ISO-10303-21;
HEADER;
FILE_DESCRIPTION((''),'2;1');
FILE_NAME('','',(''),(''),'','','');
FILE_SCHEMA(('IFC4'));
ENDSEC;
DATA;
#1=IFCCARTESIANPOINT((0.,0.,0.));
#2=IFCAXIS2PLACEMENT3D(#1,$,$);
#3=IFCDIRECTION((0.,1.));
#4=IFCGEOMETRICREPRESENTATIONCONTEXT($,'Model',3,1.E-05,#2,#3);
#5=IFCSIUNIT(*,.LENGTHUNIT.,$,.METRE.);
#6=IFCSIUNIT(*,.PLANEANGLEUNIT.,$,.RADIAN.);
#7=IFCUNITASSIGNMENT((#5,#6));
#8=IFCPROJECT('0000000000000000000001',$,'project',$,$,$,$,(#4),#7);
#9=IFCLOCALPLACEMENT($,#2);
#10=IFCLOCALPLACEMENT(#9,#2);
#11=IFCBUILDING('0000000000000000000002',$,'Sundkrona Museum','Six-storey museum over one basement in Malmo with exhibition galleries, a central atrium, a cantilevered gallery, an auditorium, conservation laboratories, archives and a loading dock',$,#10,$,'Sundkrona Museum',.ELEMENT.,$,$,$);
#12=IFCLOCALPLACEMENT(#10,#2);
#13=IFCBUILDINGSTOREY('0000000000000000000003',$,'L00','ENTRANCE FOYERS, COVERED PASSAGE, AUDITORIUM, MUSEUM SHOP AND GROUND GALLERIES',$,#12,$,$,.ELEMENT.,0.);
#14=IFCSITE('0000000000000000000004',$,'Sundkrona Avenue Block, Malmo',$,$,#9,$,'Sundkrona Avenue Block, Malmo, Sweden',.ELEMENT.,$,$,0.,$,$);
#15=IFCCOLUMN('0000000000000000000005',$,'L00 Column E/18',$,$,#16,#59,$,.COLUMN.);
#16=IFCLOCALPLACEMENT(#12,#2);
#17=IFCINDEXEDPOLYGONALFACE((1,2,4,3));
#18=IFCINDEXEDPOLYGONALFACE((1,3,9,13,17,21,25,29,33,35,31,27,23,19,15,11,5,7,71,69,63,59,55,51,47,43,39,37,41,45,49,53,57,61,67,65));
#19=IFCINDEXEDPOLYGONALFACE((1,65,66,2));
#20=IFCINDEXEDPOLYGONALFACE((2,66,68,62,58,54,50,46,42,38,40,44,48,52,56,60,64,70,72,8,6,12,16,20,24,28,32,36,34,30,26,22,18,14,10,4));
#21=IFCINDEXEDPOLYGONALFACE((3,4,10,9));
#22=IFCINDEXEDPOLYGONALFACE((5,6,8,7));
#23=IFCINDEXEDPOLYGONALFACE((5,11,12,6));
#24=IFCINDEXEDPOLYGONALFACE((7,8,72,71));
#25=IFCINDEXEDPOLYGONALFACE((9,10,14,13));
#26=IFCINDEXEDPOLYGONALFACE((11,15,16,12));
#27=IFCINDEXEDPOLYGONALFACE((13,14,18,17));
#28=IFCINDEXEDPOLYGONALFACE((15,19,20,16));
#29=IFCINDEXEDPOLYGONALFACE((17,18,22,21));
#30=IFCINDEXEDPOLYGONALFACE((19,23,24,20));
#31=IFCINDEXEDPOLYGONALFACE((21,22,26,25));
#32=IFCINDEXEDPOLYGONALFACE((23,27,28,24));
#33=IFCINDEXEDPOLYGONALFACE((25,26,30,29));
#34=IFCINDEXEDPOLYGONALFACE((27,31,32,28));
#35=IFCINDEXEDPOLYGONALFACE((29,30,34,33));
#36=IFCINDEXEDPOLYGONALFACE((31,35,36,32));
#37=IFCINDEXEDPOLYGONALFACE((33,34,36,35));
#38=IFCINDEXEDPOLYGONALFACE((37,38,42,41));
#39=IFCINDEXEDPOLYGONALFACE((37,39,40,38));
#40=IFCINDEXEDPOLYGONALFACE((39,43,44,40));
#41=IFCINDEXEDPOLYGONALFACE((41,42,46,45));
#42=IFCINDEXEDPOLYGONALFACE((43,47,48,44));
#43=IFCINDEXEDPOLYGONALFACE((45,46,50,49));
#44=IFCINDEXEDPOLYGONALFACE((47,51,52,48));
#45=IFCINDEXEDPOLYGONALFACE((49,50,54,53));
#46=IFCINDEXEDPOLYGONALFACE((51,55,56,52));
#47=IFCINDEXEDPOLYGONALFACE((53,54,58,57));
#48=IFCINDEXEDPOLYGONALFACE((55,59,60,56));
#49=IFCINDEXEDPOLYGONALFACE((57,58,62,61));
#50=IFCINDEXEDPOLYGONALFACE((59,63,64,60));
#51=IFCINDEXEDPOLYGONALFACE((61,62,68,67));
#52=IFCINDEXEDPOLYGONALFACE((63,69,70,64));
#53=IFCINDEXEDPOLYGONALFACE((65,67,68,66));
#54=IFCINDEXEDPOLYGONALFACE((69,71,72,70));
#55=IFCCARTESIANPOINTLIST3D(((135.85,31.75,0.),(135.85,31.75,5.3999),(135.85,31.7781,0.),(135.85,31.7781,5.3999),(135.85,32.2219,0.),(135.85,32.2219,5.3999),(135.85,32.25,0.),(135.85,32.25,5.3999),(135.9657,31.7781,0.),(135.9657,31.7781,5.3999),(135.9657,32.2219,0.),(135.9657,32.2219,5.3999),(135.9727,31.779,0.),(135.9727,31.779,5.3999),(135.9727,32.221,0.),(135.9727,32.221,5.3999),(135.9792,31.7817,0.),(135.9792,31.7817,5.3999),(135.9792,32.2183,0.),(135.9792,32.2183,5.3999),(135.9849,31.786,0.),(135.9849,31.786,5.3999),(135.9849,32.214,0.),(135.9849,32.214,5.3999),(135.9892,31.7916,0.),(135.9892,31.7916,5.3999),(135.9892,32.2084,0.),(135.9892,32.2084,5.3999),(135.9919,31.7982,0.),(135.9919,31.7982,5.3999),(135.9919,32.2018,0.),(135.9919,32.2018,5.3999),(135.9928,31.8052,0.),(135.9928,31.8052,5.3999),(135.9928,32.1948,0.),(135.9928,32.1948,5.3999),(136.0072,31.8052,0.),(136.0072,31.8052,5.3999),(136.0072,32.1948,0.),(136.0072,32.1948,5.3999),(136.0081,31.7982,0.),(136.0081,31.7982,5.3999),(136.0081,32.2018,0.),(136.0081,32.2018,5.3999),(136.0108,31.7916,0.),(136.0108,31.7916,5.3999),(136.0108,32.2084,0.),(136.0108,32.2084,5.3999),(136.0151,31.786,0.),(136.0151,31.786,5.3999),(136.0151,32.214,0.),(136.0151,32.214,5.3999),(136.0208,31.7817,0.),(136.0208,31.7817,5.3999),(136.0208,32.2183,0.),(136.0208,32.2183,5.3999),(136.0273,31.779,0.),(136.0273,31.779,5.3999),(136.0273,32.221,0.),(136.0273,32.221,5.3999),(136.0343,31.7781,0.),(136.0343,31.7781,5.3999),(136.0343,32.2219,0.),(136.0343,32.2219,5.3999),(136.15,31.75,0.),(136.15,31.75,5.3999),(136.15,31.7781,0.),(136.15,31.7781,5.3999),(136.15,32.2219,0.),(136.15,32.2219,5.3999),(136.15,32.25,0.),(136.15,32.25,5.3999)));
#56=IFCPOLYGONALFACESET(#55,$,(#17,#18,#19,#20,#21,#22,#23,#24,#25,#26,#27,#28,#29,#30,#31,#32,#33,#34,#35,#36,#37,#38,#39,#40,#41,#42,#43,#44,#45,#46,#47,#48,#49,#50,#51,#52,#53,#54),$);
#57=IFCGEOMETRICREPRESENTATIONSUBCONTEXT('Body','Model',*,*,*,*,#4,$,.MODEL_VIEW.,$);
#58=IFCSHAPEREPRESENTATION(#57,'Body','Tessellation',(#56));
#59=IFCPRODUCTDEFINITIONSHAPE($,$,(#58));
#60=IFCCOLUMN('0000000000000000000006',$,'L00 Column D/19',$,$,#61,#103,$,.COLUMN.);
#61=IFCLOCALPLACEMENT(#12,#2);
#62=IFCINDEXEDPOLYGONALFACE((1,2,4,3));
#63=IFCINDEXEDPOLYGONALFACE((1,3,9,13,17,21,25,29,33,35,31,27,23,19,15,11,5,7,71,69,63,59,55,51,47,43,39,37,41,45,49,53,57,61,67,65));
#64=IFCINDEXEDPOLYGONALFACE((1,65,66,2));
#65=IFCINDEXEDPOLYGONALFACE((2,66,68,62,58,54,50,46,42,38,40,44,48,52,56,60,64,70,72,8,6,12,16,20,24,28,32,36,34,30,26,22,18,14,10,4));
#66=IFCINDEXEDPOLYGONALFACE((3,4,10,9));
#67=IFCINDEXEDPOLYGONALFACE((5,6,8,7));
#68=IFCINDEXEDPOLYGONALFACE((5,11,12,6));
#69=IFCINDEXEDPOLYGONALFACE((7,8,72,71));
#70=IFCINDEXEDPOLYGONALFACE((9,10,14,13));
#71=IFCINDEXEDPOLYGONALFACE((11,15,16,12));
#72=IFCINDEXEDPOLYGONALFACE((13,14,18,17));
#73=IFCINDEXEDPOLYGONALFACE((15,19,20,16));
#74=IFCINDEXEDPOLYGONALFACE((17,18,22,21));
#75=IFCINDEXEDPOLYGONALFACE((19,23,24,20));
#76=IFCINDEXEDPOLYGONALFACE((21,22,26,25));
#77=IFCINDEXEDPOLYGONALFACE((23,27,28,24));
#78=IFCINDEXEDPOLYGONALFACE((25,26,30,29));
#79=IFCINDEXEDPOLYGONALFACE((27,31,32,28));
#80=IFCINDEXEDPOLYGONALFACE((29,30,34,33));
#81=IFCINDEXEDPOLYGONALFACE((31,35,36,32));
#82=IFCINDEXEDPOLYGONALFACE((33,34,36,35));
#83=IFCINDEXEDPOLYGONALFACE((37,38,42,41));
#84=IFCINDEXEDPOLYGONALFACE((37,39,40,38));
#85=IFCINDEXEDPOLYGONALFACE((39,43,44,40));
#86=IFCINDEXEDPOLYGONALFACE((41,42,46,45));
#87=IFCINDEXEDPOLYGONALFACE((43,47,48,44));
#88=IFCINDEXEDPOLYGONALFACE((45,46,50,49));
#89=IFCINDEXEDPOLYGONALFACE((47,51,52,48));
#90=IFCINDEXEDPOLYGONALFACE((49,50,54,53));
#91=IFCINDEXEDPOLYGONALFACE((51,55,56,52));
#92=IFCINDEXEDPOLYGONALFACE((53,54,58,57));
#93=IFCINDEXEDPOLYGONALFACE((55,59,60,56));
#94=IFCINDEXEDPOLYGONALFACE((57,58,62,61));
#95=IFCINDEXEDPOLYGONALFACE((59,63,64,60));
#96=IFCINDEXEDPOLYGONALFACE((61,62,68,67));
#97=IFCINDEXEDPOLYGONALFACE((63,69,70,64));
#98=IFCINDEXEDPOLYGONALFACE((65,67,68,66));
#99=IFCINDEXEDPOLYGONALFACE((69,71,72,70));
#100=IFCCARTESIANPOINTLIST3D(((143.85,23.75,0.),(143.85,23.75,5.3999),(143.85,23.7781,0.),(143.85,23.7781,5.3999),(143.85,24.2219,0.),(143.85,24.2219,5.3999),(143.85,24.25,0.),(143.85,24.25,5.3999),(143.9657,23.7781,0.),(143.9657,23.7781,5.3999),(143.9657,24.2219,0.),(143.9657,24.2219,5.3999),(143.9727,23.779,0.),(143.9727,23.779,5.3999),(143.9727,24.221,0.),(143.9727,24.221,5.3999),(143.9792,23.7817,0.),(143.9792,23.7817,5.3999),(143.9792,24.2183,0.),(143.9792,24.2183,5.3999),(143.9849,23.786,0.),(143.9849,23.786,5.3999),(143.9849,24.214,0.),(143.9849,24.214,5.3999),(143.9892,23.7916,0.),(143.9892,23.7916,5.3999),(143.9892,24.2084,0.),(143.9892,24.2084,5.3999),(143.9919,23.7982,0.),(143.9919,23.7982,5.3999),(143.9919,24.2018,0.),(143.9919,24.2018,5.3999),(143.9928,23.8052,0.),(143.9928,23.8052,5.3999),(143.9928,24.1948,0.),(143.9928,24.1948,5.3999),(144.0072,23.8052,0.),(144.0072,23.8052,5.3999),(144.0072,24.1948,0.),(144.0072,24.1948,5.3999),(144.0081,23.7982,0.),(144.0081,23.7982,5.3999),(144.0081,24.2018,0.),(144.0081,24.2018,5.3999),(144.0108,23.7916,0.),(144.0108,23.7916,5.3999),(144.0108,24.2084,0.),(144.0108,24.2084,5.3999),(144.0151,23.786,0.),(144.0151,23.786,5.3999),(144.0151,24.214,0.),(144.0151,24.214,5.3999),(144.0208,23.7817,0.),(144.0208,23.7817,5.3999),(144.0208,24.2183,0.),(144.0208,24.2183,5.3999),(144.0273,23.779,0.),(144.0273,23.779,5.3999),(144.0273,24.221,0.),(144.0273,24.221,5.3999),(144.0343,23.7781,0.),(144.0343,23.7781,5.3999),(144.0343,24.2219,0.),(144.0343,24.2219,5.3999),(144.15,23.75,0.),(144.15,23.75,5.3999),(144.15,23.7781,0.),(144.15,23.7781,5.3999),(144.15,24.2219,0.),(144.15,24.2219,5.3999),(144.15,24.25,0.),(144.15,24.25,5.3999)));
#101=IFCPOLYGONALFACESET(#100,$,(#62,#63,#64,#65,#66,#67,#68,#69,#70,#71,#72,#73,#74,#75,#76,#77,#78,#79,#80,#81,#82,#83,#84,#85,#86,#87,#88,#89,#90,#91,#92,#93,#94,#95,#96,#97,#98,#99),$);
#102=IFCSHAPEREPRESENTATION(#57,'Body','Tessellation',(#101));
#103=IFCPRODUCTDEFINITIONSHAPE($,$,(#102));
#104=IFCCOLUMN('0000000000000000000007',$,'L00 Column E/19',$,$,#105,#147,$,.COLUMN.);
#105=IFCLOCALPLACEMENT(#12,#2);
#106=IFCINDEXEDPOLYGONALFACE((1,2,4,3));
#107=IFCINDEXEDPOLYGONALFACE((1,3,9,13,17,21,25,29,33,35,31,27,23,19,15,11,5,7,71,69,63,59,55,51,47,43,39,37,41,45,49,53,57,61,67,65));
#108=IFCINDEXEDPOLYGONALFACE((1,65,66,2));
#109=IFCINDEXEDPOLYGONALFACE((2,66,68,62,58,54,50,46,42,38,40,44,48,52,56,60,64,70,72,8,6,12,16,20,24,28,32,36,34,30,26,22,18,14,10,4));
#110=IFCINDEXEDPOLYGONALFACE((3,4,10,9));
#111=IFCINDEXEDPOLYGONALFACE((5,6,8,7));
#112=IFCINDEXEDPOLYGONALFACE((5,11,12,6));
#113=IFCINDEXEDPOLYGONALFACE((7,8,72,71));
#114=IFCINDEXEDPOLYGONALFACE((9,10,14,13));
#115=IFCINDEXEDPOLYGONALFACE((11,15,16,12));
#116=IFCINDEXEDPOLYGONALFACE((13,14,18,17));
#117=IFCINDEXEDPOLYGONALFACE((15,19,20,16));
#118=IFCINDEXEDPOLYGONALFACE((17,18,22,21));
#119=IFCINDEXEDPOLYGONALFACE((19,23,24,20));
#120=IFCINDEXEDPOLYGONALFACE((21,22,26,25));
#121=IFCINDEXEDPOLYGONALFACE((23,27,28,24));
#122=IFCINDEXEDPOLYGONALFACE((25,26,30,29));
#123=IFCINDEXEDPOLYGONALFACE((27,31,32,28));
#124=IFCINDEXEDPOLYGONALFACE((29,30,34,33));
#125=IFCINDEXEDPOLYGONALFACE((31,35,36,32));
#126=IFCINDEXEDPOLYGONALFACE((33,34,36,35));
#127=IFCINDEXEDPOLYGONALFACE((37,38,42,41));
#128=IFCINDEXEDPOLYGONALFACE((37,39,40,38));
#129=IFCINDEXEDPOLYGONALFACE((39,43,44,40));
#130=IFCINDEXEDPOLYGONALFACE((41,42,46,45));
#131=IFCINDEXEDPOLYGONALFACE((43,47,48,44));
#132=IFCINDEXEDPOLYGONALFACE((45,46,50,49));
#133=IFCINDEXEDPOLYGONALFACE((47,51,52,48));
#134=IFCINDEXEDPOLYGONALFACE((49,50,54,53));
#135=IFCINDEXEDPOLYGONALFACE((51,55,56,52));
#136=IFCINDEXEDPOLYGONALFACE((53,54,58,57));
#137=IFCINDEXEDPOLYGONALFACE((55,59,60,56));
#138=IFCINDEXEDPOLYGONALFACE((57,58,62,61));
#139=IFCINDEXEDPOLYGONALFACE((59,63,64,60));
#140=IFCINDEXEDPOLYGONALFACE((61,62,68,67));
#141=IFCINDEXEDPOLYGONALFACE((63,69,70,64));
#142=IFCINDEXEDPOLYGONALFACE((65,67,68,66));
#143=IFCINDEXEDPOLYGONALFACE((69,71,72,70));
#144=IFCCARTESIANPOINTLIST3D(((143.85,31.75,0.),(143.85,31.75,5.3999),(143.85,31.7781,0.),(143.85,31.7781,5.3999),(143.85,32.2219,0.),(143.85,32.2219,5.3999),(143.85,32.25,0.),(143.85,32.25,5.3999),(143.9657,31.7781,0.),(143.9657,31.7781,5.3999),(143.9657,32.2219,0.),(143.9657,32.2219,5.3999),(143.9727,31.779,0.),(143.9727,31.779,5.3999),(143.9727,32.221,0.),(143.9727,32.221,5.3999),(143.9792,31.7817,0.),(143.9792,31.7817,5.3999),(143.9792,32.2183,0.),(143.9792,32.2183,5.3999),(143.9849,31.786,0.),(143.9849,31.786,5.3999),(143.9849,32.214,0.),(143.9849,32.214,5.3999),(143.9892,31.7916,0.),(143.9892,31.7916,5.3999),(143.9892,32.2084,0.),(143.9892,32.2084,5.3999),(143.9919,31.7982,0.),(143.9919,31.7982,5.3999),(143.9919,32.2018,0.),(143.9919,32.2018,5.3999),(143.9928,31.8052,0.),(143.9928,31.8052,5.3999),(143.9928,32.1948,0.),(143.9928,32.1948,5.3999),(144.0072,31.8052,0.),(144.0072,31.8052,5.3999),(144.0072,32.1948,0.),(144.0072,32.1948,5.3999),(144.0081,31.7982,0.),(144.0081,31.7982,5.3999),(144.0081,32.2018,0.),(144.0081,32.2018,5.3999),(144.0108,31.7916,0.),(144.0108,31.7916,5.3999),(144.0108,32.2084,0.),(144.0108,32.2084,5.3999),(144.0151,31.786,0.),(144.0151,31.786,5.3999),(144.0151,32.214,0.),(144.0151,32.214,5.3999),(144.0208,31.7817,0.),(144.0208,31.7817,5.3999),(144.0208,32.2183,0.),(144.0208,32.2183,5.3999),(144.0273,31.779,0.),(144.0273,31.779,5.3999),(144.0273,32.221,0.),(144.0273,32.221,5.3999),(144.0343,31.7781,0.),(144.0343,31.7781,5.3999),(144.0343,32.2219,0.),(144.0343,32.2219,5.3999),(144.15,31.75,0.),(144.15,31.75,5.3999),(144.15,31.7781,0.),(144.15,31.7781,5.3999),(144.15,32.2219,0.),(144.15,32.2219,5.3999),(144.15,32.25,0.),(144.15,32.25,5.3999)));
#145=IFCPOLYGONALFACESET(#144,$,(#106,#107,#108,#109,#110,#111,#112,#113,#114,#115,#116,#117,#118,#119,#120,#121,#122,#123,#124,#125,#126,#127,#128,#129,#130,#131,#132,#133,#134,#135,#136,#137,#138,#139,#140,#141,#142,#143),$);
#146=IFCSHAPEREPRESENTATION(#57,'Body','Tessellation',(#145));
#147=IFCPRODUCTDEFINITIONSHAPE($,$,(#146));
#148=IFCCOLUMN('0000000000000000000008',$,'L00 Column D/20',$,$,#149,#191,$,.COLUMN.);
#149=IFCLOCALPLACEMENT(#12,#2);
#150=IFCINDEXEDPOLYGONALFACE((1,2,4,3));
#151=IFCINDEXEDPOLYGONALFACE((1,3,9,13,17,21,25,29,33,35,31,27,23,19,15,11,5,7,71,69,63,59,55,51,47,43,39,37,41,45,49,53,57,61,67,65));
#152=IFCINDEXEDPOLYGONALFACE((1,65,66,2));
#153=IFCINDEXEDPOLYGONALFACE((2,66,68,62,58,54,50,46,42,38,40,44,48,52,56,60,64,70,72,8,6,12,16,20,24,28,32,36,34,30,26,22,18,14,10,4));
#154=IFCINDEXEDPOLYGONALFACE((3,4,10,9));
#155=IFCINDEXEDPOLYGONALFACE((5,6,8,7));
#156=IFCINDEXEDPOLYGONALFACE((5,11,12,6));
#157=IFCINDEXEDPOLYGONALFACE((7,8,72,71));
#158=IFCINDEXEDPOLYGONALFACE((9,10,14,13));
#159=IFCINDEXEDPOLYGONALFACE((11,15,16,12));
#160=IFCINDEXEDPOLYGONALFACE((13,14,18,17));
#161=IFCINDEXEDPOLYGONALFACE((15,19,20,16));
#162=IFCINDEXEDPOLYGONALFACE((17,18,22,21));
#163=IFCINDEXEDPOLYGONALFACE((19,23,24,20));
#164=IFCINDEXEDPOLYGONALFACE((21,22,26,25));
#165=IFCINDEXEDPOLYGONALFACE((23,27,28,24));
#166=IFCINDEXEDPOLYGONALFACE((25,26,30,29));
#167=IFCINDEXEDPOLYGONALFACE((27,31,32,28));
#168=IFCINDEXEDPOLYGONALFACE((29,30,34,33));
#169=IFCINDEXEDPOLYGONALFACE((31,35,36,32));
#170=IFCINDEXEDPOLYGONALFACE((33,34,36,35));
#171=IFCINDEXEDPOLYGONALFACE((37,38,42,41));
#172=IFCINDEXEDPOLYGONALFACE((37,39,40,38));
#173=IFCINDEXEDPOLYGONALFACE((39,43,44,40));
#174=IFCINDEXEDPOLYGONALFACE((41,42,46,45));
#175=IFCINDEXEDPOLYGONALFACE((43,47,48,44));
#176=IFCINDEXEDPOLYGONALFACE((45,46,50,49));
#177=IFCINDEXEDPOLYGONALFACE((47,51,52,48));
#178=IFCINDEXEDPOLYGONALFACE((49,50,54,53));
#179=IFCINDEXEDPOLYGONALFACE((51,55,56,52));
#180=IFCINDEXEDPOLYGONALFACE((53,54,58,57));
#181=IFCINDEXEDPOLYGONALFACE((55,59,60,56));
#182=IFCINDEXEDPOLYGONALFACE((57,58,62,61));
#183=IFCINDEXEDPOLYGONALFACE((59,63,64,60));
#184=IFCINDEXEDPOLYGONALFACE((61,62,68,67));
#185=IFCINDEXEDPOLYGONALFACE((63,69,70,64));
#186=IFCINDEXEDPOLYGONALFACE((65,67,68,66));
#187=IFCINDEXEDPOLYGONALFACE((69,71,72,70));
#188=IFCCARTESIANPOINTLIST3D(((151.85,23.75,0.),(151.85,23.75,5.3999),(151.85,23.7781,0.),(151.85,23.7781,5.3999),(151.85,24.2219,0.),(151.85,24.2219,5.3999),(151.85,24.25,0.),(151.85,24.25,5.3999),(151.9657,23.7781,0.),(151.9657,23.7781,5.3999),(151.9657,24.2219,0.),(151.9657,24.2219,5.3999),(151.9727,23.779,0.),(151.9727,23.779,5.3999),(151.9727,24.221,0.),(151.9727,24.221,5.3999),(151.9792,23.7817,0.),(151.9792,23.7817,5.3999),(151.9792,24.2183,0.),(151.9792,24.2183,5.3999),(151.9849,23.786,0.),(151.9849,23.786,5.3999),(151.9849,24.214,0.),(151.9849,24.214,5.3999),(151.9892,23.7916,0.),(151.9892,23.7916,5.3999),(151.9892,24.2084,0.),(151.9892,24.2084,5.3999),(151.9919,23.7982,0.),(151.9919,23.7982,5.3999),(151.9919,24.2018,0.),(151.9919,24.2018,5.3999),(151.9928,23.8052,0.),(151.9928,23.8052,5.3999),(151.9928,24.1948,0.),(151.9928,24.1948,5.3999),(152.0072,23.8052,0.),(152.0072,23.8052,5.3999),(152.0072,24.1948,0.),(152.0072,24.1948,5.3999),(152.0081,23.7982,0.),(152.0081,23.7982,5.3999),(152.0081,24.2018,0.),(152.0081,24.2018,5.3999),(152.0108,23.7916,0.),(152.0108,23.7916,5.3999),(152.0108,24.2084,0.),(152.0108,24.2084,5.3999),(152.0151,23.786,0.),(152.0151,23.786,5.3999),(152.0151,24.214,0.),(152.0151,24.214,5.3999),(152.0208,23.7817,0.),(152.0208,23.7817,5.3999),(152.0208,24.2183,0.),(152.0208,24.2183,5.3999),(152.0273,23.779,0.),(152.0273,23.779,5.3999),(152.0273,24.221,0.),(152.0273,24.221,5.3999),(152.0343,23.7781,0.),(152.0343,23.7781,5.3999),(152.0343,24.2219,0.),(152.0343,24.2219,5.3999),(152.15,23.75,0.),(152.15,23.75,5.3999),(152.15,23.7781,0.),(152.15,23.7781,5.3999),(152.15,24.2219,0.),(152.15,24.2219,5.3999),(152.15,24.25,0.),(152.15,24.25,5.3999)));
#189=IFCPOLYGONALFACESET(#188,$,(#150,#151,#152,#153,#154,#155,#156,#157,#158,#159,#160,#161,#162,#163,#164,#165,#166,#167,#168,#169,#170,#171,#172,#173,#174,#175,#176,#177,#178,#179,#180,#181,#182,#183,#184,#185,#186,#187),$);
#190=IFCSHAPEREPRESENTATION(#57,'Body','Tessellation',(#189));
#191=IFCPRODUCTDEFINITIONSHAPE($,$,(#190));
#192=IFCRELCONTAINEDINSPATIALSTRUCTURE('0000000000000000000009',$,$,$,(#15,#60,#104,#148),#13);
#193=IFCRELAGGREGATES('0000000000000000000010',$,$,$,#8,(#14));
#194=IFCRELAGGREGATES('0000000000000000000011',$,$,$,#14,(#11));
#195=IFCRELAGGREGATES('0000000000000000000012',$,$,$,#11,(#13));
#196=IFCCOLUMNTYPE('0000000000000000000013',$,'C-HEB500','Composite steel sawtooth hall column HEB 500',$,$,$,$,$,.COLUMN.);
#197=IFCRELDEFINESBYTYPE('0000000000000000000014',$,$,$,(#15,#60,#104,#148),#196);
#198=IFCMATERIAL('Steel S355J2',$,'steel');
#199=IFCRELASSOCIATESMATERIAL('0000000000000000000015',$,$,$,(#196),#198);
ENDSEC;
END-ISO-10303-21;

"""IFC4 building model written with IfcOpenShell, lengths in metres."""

from ifc_helpers import new_model, si_unit, direction, frame, origin, origin_2d, place, context, subcontext, project, spatial, i_section, extrude, material, material_profile, profile_set, type_object, element, save


model = new_model("IFC4")

# Units and contexts
model_context = context("Model", 3, precision=1e-05, world=origin(), true_north=direction((0.0, 1.0)))
body_context = subcontext(model_context, "Body", "Model", "MODEL_VIEW")
ifc_project = project(units=[si_unit("LENGTHUNIT", "METRE"), si_unit("PLANEANGLEUNIT", "RADIAN")], contexts=[model_context])

# Site, building, storey
site_placement = place(None, origin())
site = spatial("IfcSite", under=ifc_project, at=site_placement, Name="Sundkrona Avenue Block, Malmo", LongName="Sundkrona Avenue Block, Malmo, Sweden", CompositionType="ELEMENT", RefElevation=0.0)
building_placement = place(site_placement, origin())
building = spatial("IfcBuilding", under=site, at=building_placement, Name="Sundkrona Museum", Description="Six-storey museum over one basement in Malmo with exhibition galleries, a central atrium, a cantilevered gallery, an auditorium, conservation laboratories, archives and a loading dock", LongName="Sundkrona Museum", CompositionType="ELEMENT")
storey_placement = place(building_placement, origin())
storey = spatial("IfcBuildingStorey", under=building, at=storey_placement, Name="L00", Description="ENTRANCE FOYERS, COVERED PASSAGE, AUDITORIUM, MUSEUM SHOP AND GROUND GALLERIES", CompositionType="ELEMENT", Elevation=0.0)

# Columns
ifc_material_1 = material(Name="Steel S355J2", Category="steel")
ifc_material_profile_1 = material_profile(ifc_material_1, i_section(OverallWidth=0.3, OverallDepth=0.5, WebThickness=0.0144, FlangeThickness=0.0281, FilletRadius=0.0271, at=origin_2d()), Name="HEB 500")
ifc_profile_set_1 = profile_set([ifc_material_profile_1], Name="Steel S355J2")
column_type = type_object("IfcColumnType", Name="C-HEB500", Description="Composite steel sawtooth hall column HEB 500", PredefinedType="COLUMN", material=ifc_profile_set_1)
for number, where, z_axis, x_axis, name in (
    (1, (136.0, 32.0, 0.0), (0.0, 0.0, 1.0), (1.0, 0.0, 0.0), "L00 Column E/18"),
    (2, (144.0, 24.0, 0.0), (0.0, 0.0, 1.0), (1.0, 0.0, 0.0), "L00 Column D/19"),
    (3, (144.0, 32.0, 0.0), (0.0, 0.0, 1.0), (1.0, 0.0, 0.0), "L00 Column E/19"),
    (4, (152.0, 24.0, 0.0), (0.0, 0.0, 1.0), (1.0, 0.0, 0.0), "L00 Column D/20"),
):
    element("IfcColumn", number, at=place(storey_placement, frame(where, z_axis=z_axis, x_axis=x_axis)), inside=storey, type_object=column_type, Name=name, PredefinedType="COLUMN", context=body_context, shape_type="SweptSolid", body=[
        extrude(i_section(OverallWidth=0.3, OverallDepth=0.5, WebThickness=0.0144, FlangeThickness=0.0281, FilletRadius=0.0271, at=origin_2d()), origin(), (0.0, 0.0, 1.0), 5.3999),
    ])

save(model, "model.ifc")
